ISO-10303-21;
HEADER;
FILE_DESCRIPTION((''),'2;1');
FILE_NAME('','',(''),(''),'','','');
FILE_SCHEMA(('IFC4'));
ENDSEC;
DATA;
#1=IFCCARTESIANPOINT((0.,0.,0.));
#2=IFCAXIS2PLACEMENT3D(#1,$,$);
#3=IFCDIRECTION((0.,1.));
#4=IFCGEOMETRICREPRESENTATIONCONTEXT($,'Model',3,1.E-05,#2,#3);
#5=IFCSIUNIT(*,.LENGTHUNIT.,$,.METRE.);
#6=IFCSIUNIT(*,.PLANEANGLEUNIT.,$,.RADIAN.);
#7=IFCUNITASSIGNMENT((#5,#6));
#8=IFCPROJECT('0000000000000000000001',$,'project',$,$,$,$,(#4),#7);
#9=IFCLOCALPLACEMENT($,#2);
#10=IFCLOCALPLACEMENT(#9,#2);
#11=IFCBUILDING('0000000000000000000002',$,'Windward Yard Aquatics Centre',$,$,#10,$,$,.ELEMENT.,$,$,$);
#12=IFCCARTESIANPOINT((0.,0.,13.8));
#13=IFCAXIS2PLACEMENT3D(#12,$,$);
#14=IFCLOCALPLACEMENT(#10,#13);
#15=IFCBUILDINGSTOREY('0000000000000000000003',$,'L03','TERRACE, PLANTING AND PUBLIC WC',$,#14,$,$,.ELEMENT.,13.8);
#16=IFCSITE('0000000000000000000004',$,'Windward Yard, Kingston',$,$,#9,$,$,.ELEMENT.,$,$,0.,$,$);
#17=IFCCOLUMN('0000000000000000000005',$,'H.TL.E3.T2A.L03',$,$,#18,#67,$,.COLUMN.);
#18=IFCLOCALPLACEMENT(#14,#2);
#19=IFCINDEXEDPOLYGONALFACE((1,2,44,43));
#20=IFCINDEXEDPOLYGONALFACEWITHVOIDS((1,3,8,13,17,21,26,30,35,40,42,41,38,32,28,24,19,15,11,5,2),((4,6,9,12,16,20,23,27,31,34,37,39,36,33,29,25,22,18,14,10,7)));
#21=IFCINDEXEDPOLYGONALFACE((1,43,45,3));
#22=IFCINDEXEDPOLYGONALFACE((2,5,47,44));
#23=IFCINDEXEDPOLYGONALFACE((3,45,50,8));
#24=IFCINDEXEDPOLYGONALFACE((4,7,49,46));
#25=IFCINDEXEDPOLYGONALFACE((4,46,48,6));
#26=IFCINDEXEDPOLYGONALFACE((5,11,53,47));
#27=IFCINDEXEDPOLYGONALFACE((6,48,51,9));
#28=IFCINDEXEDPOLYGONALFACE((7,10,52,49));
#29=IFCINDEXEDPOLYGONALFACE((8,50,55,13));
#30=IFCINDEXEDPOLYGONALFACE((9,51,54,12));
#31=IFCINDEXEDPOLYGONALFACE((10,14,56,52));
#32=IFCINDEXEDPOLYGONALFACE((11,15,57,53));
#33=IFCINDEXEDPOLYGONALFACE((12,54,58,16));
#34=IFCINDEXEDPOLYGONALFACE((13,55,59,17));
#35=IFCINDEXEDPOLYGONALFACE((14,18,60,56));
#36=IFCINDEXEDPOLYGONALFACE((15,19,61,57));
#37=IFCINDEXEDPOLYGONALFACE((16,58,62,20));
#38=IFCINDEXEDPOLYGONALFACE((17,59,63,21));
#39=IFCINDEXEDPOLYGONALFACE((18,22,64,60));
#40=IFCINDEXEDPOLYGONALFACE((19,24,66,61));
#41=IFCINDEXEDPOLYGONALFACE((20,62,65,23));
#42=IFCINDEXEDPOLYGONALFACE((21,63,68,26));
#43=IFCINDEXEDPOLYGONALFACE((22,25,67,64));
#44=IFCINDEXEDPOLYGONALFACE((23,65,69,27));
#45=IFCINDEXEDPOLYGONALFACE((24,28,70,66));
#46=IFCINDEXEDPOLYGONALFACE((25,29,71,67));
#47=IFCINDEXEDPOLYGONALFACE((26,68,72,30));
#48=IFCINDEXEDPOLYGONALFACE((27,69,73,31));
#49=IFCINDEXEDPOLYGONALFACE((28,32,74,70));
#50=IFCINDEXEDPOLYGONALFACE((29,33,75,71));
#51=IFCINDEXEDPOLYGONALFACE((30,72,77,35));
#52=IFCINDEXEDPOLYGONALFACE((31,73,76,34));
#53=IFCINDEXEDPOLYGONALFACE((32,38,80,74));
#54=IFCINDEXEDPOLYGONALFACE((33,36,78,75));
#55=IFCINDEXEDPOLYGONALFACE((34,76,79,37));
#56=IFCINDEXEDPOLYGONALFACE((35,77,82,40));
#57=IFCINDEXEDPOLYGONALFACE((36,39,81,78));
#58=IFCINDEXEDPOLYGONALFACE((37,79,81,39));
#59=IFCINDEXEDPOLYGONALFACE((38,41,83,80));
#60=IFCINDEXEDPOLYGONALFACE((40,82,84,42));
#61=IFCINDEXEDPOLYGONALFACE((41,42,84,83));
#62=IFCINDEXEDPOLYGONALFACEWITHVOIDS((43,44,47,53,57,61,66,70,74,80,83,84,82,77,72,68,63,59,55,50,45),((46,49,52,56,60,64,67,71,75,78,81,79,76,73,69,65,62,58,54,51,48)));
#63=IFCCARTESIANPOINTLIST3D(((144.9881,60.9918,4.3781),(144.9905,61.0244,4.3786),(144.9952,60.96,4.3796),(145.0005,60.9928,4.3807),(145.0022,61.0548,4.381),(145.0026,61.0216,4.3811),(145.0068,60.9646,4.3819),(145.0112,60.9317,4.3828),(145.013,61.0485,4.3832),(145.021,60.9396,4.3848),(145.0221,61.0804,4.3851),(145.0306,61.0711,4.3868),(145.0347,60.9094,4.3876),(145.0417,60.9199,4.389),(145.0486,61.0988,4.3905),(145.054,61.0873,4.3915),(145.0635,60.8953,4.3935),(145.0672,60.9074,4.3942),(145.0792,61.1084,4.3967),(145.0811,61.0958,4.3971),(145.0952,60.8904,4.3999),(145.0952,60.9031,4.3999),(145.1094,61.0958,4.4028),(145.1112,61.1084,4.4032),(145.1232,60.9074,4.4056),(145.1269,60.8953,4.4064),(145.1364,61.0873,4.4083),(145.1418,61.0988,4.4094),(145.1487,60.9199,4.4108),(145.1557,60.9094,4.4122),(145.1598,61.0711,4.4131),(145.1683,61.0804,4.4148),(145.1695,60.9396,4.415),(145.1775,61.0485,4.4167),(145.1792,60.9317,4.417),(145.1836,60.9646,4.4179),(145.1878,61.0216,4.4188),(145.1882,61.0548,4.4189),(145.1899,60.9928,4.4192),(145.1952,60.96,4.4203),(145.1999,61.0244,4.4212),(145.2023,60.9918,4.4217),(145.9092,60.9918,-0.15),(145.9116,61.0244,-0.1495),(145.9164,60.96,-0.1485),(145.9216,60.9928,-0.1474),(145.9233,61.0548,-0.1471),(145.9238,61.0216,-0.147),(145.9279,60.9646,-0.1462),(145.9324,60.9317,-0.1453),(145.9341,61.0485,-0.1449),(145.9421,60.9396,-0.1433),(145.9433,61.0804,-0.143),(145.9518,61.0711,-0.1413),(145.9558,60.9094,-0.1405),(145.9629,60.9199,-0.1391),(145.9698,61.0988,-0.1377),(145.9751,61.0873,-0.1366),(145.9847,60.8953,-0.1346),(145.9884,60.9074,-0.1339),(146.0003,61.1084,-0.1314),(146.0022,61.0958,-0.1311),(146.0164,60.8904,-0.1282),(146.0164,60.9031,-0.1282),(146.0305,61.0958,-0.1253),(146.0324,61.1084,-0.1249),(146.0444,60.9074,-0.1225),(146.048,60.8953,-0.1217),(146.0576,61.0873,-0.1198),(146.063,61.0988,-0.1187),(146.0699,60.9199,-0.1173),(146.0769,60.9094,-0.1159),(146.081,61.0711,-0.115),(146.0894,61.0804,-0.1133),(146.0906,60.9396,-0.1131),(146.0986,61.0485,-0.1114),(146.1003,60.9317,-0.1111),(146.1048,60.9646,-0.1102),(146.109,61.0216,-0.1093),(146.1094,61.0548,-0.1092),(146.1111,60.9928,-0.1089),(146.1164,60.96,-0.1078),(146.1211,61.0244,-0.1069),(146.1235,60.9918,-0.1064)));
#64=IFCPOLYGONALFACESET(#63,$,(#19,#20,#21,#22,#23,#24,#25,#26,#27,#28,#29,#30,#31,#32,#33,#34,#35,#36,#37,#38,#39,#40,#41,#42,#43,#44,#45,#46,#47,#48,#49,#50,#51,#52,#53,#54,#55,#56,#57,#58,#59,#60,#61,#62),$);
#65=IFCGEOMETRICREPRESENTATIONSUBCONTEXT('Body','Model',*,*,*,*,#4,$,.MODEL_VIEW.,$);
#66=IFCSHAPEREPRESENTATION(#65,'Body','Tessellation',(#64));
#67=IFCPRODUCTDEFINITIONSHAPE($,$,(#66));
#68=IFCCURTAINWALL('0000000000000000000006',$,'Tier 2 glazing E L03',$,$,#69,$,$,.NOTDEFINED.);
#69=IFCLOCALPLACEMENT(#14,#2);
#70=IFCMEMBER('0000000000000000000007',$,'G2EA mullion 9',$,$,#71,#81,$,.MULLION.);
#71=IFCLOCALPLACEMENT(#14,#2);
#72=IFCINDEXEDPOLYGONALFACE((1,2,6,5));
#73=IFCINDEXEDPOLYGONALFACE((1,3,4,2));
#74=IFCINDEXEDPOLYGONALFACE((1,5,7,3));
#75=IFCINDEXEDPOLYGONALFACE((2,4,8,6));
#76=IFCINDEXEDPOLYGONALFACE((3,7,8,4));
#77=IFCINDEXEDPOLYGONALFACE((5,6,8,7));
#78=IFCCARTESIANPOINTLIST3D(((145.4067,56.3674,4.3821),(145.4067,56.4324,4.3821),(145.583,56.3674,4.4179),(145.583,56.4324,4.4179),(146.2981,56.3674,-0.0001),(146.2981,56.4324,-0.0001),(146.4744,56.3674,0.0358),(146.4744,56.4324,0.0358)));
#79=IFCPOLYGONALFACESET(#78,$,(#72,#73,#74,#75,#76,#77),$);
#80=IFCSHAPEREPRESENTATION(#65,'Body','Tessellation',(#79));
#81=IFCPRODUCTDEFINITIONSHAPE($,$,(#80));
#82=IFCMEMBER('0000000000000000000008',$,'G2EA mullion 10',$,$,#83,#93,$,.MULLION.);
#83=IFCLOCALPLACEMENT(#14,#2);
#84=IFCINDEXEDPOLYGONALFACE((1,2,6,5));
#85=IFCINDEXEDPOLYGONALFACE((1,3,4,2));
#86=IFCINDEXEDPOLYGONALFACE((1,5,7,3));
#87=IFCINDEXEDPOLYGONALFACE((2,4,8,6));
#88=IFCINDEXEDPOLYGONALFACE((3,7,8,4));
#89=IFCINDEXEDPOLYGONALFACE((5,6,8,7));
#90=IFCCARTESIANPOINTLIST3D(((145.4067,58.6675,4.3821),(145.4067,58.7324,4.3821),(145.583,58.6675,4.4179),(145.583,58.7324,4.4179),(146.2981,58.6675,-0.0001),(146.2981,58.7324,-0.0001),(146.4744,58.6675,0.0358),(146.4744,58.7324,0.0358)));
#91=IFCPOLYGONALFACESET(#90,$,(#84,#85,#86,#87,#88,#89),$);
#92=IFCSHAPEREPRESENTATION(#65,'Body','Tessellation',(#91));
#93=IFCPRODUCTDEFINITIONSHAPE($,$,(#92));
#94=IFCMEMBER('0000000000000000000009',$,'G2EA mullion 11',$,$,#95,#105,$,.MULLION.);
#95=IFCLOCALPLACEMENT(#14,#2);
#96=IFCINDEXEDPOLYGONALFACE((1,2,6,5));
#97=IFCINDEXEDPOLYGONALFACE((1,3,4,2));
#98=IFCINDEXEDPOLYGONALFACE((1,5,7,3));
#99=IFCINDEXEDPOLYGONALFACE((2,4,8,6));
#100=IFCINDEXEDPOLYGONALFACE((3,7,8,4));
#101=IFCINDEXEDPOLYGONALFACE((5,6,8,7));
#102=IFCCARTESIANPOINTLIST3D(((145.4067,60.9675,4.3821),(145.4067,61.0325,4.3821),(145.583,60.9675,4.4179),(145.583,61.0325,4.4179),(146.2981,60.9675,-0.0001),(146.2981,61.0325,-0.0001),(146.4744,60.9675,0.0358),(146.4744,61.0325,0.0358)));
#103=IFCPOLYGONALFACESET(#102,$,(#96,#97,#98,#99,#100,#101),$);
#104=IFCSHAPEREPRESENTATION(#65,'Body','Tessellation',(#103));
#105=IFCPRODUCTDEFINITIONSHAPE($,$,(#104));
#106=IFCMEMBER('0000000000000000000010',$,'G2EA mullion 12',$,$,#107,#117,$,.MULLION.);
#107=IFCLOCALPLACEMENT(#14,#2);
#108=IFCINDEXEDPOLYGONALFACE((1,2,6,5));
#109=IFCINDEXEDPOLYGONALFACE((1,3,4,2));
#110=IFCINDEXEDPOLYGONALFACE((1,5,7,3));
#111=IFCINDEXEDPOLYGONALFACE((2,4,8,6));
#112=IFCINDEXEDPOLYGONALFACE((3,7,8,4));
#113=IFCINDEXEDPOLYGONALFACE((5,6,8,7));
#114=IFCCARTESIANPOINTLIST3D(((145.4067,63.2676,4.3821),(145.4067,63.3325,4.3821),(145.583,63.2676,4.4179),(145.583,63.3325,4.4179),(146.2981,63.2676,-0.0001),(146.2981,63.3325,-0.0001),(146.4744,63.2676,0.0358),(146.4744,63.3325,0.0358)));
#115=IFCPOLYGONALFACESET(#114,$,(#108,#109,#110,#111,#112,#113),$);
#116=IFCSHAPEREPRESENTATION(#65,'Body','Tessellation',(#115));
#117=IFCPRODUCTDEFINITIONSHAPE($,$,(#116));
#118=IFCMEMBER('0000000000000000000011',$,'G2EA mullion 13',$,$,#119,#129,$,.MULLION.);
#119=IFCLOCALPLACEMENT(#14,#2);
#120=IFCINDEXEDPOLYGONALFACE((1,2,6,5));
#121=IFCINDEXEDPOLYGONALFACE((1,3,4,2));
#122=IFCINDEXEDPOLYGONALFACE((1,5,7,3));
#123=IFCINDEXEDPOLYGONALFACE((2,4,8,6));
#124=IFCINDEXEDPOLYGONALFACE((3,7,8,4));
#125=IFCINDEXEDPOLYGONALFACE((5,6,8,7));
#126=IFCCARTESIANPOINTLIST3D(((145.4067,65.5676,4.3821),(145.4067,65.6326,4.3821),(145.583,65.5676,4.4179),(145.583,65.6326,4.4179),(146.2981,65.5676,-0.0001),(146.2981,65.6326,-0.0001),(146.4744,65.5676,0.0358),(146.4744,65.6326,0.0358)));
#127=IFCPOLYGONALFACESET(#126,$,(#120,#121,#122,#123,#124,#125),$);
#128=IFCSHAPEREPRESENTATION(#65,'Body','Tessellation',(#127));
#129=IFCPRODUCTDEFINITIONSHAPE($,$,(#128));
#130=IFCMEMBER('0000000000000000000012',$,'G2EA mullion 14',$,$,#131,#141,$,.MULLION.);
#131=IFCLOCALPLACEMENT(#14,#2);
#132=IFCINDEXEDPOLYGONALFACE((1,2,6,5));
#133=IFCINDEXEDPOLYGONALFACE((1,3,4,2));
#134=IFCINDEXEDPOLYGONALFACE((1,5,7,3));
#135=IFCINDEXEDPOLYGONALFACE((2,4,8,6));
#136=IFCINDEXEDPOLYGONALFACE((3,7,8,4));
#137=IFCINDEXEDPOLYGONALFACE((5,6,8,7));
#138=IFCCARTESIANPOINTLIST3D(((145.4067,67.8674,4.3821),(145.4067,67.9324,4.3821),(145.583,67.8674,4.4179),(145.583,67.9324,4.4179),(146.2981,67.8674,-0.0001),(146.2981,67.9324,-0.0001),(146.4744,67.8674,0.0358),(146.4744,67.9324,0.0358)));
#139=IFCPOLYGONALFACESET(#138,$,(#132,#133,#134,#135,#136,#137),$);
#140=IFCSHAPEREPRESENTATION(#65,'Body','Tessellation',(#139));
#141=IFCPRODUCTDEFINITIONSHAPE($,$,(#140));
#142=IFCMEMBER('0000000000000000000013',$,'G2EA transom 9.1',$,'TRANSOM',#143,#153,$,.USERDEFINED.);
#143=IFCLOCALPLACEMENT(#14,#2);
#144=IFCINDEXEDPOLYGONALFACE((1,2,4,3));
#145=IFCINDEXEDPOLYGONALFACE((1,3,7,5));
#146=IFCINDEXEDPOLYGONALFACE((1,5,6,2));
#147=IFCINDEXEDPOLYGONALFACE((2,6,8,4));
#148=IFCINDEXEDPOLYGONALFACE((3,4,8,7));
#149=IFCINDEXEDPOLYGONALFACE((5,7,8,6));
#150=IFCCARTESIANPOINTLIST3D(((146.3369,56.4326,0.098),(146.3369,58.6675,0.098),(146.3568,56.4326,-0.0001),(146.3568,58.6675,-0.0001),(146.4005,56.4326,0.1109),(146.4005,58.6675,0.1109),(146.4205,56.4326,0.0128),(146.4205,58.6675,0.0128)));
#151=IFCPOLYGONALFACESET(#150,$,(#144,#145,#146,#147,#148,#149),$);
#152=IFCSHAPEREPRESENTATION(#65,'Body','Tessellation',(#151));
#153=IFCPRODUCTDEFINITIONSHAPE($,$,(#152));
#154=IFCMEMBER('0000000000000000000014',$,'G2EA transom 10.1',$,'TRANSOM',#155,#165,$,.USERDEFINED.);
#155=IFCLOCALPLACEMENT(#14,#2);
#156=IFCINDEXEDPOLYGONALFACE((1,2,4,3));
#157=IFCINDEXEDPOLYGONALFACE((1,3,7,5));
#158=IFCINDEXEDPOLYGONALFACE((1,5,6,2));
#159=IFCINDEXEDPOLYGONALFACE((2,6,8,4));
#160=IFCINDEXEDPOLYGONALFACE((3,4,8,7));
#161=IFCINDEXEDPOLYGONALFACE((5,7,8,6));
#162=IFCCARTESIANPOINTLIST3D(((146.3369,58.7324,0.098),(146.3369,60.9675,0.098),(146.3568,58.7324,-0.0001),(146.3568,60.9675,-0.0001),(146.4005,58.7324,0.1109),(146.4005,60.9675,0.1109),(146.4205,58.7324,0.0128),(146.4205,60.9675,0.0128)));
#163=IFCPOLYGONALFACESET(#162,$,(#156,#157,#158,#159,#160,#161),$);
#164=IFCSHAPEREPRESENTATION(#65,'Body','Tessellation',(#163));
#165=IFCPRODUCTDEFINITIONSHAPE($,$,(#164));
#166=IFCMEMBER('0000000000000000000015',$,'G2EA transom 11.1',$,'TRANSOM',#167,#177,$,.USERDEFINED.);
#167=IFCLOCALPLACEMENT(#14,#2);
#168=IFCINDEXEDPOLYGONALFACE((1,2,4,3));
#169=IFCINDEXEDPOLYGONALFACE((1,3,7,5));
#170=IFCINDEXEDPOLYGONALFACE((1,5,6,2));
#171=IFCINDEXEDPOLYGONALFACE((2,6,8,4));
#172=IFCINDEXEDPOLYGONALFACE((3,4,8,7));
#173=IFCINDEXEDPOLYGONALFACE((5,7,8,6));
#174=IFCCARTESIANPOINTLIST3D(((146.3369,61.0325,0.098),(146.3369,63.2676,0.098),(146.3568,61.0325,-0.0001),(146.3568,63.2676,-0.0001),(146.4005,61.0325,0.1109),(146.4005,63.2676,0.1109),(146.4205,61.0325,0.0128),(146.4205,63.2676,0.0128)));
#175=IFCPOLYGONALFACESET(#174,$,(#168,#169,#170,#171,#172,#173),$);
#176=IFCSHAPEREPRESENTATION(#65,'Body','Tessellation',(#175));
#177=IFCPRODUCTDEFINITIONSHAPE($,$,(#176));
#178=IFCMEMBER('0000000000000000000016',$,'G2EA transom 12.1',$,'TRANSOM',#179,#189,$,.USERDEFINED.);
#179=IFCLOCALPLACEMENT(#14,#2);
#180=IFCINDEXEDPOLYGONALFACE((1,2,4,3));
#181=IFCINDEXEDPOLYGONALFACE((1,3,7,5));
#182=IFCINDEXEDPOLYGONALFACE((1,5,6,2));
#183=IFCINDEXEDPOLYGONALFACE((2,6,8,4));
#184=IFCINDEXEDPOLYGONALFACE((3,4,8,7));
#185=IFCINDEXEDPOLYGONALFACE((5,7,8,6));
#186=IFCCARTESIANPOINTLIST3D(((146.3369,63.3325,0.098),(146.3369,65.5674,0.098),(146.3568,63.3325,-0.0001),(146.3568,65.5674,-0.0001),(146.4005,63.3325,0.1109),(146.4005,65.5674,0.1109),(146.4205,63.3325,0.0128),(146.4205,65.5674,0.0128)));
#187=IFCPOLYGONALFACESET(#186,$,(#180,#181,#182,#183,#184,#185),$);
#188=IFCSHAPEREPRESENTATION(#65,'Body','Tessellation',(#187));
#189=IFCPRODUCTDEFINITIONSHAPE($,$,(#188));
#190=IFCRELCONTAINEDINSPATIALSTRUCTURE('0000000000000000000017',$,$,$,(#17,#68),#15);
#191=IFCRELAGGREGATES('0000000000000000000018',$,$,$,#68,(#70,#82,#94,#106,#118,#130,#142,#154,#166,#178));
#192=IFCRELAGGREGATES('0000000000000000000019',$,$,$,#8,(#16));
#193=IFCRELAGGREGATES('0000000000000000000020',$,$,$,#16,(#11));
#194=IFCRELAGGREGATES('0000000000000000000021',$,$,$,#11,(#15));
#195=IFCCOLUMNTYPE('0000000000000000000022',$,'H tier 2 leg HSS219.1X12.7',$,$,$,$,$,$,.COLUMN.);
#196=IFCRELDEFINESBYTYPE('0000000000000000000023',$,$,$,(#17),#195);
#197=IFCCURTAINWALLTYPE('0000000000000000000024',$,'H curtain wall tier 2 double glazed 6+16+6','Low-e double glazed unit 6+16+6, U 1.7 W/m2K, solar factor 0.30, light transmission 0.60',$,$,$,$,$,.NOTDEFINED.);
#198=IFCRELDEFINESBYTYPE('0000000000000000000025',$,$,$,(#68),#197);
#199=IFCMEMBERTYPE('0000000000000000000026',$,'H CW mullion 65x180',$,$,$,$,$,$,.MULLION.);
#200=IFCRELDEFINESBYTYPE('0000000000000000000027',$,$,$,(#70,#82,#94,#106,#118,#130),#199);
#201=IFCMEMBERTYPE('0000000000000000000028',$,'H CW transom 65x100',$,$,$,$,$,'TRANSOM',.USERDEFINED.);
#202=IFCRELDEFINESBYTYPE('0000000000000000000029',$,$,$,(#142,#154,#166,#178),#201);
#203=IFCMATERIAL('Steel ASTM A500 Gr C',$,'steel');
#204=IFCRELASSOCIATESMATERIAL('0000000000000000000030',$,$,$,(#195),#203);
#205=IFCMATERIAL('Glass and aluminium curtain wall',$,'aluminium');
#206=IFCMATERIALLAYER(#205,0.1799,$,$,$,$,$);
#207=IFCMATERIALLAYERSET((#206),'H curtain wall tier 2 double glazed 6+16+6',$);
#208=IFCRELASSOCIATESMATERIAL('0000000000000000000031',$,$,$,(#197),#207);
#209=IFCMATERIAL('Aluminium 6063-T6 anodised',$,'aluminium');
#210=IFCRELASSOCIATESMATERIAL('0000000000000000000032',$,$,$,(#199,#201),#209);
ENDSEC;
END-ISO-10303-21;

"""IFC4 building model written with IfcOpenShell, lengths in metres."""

from ifc_helpers import new_model, si_unit, direction, frame, origin, origin_2d, place, context, subcontext, project, spatial, rectangle, hollow_circle, extrude, material, layer, layer_set, material_profile, profile_set, type_object, element, aggregate, save


model = new_model("IFC4")

# Units and contexts
model_context = context("Model", 3, precision=1e-05, world=origin(), true_north=direction((0.0, 1.0)))
body_context = subcontext(model_context, "Body", "Model", "MODEL_VIEW")
ifc_project = project(units=[si_unit("LENGTHUNIT", "METRE"), si_unit("PLANEANGLEUNIT", "RADIAN")], contexts=[model_context])

# Site, building, storey
site_placement = place(None, origin())
site = spatial("IfcSite", under=ifc_project, at=site_placement, Name="Windward Yard, Kingston", CompositionType="ELEMENT", RefElevation=0.0)
building_placement = place(site_placement, origin())
building = spatial("IfcBuilding", under=site, at=building_placement, Name="Windward Yard Aquatics Centre", CompositionType="ELEMENT")
storey_placement = place(building_placement, frame((0.0, 0.0, 13.8)))
storey = spatial("IfcBuildingStorey", under=building, at=storey_placement, Name="L03", Description="TERRACE, PLANTING AND PUBLIC WC", CompositionType="ELEMENT", Elevation=13.8)

# Column
ifc_material_1 = material(Name="Steel ASTM A500 Gr C", Category="steel")
ifc_material_profile_1 = material_profile(ifc_material_1, hollow_circle(Radius=0.1096, WallThickness=0.0127, at=origin_2d()), Name="HSS219.1X12.7")
ifc_profile_set_1 = profile_set([ifc_material_profile_1], Name="Steel ASTM A500 Gr C")
column_type = type_object("IfcColumnType", Name="H tier 2 leg HSS219.1X12.7", PredefinedType="COLUMN", material=ifc_profile_set_1)
column_placement = place(storey_placement, frame((146.0164, 61.0, -0.1282), z_axis=(-0.199346, 0.0, 0.979929), x_axis=(0.0, -1.0, 0.0)))
element("IfcColumn", 1, at=column_placement, inside=storey, type_object=column_type, Name="H.TL.E3.T2A.L03", PredefinedType="COLUMN", context=body_context, shape_type="SweptSolid", body=[
    extrude(hollow_circle(Radius=0.1096, WallThickness=0.0127, at=origin_2d()), origin(), (0.0, 0.0, 1.0), 4.6208),
])

# Curtain wall, members
ifc_material_2 = material(Name="Glass and aluminium curtain wall", Category="aluminium")
ifc_layer_1 = layer(ifc_material_2, 0.1799)
ifc_layer_set_1 = layer_set([ifc_layer_1], Name="H curtain wall tier 2 double glazed 6+16+6")
curtain_wall_type = type_object("IfcCurtainWallType", Name="H curtain wall tier 2 double glazed 6+16+6", Description="Low-e double glazed unit 6+16+6, U 1.7 W/m2K, solar factor 0.30, light transmission 0.60", PredefinedType="NOTDEFINED", material=ifc_layer_set_1)
curtain_wall_placement = place(storey_placement, origin())
curtain_wall = element("IfcCurtainWall", 2, at=curtain_wall_placement, inside=storey, type_object=curtain_wall_type, Name="Tier 2 glazing E L03", PredefinedType="NOTDEFINED")
ifc_material_3 = material(Name="Aluminium 6063-T6 anodised", Category="aluminium")
ifc_material_profile_2 = material_profile(ifc_material_3, rectangle(XDim=0.0649, YDim=0.1799, at=origin_2d()), Name="H CW mullion 65x180")
ifc_profile_set_2 = profile_set([ifc_material_profile_2], Name="Aluminium 6063-T6 anodised")
member_type_1 = type_object("IfcMemberType", Name="H CW mullion 65x180", PredefinedType="MULLION", material=ifc_profile_set_2)
member_1_placement = place(storey_placement, frame((146.3862, 56.3999, 0.0178), z_axis=(-0.199328, 0.0, 0.979933), x_axis=(0.0, -1.0, 0.0)))
member_1 = element("IfcMember", 3, at=member_1_placement, type_object=member_type_1, Name="G2EA mullion 9", PredefinedType="MULLION", context=body_context, shape_type="SweptSolid", body=[
    extrude(rectangle(XDim=0.0649, YDim=0.1799, at=origin_2d()), origin(), (0.0, 0.0, 1.0), 4.4719),
])
member_2_placement = place(storey_placement, frame((146.3862, 58.7, 0.0178), z_axis=(-0.199328, 0.0, 0.979933), x_axis=(0.0, -1.0, 0.0)))
member_2 = element("IfcMember", 4, at=member_2_placement, type_object=member_type_1, Name="G2EA mullion 10", PredefinedType="MULLION", context=body_context, shape_type="SweptSolid", body=[
    extrude(rectangle(XDim=0.0649, YDim=0.1799, at=origin_2d()), origin(), (0.0, 0.0, 1.0), 4.4719),
])
member_3_placement = place(storey_placement, frame((146.3862, 61.0, 0.0178), z_axis=(-0.199328, 0.0, 0.979933), x_axis=(0.0, -1.0, 0.0)))
member_3 = element("IfcMember", 5, at=member_3_placement, type_object=member_type_1, Name="G2EA mullion 11", PredefinedType="MULLION", context=body_context, shape_type="SweptSolid", body=[
    extrude(rectangle(XDim=0.0649, YDim=0.1799, at=origin_2d()), origin(), (0.0, 0.0, 1.0), 4.4719),
])
member_4_placement = place(storey_placement, frame((146.3862, 63.3, 0.0178), z_axis=(-0.199328, 0.0, 0.979933), x_axis=(0.0, -1.0, 0.0)))
member_4 = element("IfcMember", 6, at=member_4_placement, type_object=member_type_1, Name="G2EA mullion 12", PredefinedType="MULLION", context=body_context, shape_type="SweptSolid", body=[
    extrude(rectangle(XDim=0.0649, YDim=0.1799, at=origin_2d()), origin(), (0.0, 0.0, 1.0), 4.4719),
])
member_5_placement = place(storey_placement, frame((146.3862, 65.6001, 0.0178), z_axis=(-0.199328, 0.0, 0.979933), x_axis=(0.0, -1.0, 0.0)))
member_5 = element("IfcMember", 7, at=member_5_placement, type_object=member_type_1, Name="G2EA mullion 13", PredefinedType="MULLION", context=body_context, shape_type="SweptSolid", body=[
    extrude(rectangle(XDim=0.0649, YDim=0.1799, at=origin_2d()), origin(), (0.0, 0.0, 1.0), 4.4719),
])
member_6_placement = place(storey_placement, frame((146.3862, 67.8999, 0.0178), z_axis=(-0.199328, 0.0, 0.979933), x_axis=(0.0, -1.0, 0.0)))
member_6 = element("IfcMember", 8, at=member_6_placement, type_object=member_type_1, Name="G2EA mullion 14", PredefinedType="MULLION", context=body_context, shape_type="SweptSolid", body=[
    extrude(rectangle(XDim=0.0649, YDim=0.1799, at=origin_2d()), origin(), (0.0, 0.0, 1.0), 4.4719),
])
ifc_material_profile_3 = material_profile(ifc_material_3, rectangle(XDim=0.0649, YDim=0.1001, at=origin_2d()), Name="H CW transom 65x100")
ifc_profile_set_3 = profile_set([ifc_material_profile_3], Name="Aluminium 6063-T6 anodised")
member_type_2 = type_object("IfcMemberType", Name="H CW transom 65x100", ElementType="TRANSOM", PredefinedType="USERDEFINED", material=ifc_profile_set_3)
member_7_placement = place(storey_placement, frame((146.3787, 56.4326, 0.0554), z_axis=(0.0, 1.0, 0.0), x_axis=(0.979925, 0.0, 0.199368)))
member_7 = element("IfcMember", 9, at=member_7_placement, type_object=member_type_2, Name="G2EA transom 9.1", ObjectType="TRANSOM", PredefinedType="USERDEFINED", context=body_context, shape_type="SweptSolid", body=[
    extrude(rectangle(XDim=0.0649, YDim=0.1001, at=origin_2d()), origin(), (0.0, 0.0, 1.0), 2.2349),
])
member_8_placement = place(storey_placement, frame((146.3787, 58.7324, 0.0554), z_axis=(0.0, 1.0, 0.0), x_axis=(0.979925, 0.0, 0.199368)))
member_8 = element("IfcMember", 10, at=member_8_placement, type_object=member_type_2, Name="G2EA transom 10.1", ObjectType="TRANSOM", PredefinedType="USERDEFINED", context=body_context, shape_type="SweptSolid", body=[
    extrude(rectangle(XDim=0.0649, YDim=0.1001, at=origin_2d()), origin(), (0.0, 0.0, 1.0), 2.2351),
])
member_9_placement = place(storey_placement, frame((146.3787, 61.0325, 0.0554), z_axis=(0.0, 1.0, 0.0), x_axis=(0.979925, 0.0, 0.199368)))
member_9 = element("IfcMember", 11, at=member_9_placement, type_object=member_type_2, Name="G2EA transom 11.1", ObjectType="TRANSOM", PredefinedType="USERDEFINED", context=body_context, shape_type="SweptSolid", body=[
    extrude(rectangle(XDim=0.0649, YDim=0.1001, at=origin_2d()), origin(), (0.0, 0.0, 1.0), 2.2351),
])
member_10_placement = place(storey_placement, frame((146.3787, 63.3325, 0.0554), z_axis=(0.0, 1.0, 0.0), x_axis=(0.979925, 0.0, 0.199368)))
member_10 = element("IfcMember", 12, at=member_10_placement, type_object=member_type_2, Name="G2EA transom 12.1", ObjectType="TRANSOM", PredefinedType="USERDEFINED", context=body_context, shape_type="SweptSolid", body=[
    extrude(rectangle(XDim=0.0649, YDim=0.1001, at=origin_2d()), origin(), (0.0, 0.0, 1.0), 2.2349),
])

aggregate(curtain_wall, [member_1, member_2, member_3, member_4, member_5, member_6, member_7, member_8, member_9, member_10])

save(model, "model.ifc")
